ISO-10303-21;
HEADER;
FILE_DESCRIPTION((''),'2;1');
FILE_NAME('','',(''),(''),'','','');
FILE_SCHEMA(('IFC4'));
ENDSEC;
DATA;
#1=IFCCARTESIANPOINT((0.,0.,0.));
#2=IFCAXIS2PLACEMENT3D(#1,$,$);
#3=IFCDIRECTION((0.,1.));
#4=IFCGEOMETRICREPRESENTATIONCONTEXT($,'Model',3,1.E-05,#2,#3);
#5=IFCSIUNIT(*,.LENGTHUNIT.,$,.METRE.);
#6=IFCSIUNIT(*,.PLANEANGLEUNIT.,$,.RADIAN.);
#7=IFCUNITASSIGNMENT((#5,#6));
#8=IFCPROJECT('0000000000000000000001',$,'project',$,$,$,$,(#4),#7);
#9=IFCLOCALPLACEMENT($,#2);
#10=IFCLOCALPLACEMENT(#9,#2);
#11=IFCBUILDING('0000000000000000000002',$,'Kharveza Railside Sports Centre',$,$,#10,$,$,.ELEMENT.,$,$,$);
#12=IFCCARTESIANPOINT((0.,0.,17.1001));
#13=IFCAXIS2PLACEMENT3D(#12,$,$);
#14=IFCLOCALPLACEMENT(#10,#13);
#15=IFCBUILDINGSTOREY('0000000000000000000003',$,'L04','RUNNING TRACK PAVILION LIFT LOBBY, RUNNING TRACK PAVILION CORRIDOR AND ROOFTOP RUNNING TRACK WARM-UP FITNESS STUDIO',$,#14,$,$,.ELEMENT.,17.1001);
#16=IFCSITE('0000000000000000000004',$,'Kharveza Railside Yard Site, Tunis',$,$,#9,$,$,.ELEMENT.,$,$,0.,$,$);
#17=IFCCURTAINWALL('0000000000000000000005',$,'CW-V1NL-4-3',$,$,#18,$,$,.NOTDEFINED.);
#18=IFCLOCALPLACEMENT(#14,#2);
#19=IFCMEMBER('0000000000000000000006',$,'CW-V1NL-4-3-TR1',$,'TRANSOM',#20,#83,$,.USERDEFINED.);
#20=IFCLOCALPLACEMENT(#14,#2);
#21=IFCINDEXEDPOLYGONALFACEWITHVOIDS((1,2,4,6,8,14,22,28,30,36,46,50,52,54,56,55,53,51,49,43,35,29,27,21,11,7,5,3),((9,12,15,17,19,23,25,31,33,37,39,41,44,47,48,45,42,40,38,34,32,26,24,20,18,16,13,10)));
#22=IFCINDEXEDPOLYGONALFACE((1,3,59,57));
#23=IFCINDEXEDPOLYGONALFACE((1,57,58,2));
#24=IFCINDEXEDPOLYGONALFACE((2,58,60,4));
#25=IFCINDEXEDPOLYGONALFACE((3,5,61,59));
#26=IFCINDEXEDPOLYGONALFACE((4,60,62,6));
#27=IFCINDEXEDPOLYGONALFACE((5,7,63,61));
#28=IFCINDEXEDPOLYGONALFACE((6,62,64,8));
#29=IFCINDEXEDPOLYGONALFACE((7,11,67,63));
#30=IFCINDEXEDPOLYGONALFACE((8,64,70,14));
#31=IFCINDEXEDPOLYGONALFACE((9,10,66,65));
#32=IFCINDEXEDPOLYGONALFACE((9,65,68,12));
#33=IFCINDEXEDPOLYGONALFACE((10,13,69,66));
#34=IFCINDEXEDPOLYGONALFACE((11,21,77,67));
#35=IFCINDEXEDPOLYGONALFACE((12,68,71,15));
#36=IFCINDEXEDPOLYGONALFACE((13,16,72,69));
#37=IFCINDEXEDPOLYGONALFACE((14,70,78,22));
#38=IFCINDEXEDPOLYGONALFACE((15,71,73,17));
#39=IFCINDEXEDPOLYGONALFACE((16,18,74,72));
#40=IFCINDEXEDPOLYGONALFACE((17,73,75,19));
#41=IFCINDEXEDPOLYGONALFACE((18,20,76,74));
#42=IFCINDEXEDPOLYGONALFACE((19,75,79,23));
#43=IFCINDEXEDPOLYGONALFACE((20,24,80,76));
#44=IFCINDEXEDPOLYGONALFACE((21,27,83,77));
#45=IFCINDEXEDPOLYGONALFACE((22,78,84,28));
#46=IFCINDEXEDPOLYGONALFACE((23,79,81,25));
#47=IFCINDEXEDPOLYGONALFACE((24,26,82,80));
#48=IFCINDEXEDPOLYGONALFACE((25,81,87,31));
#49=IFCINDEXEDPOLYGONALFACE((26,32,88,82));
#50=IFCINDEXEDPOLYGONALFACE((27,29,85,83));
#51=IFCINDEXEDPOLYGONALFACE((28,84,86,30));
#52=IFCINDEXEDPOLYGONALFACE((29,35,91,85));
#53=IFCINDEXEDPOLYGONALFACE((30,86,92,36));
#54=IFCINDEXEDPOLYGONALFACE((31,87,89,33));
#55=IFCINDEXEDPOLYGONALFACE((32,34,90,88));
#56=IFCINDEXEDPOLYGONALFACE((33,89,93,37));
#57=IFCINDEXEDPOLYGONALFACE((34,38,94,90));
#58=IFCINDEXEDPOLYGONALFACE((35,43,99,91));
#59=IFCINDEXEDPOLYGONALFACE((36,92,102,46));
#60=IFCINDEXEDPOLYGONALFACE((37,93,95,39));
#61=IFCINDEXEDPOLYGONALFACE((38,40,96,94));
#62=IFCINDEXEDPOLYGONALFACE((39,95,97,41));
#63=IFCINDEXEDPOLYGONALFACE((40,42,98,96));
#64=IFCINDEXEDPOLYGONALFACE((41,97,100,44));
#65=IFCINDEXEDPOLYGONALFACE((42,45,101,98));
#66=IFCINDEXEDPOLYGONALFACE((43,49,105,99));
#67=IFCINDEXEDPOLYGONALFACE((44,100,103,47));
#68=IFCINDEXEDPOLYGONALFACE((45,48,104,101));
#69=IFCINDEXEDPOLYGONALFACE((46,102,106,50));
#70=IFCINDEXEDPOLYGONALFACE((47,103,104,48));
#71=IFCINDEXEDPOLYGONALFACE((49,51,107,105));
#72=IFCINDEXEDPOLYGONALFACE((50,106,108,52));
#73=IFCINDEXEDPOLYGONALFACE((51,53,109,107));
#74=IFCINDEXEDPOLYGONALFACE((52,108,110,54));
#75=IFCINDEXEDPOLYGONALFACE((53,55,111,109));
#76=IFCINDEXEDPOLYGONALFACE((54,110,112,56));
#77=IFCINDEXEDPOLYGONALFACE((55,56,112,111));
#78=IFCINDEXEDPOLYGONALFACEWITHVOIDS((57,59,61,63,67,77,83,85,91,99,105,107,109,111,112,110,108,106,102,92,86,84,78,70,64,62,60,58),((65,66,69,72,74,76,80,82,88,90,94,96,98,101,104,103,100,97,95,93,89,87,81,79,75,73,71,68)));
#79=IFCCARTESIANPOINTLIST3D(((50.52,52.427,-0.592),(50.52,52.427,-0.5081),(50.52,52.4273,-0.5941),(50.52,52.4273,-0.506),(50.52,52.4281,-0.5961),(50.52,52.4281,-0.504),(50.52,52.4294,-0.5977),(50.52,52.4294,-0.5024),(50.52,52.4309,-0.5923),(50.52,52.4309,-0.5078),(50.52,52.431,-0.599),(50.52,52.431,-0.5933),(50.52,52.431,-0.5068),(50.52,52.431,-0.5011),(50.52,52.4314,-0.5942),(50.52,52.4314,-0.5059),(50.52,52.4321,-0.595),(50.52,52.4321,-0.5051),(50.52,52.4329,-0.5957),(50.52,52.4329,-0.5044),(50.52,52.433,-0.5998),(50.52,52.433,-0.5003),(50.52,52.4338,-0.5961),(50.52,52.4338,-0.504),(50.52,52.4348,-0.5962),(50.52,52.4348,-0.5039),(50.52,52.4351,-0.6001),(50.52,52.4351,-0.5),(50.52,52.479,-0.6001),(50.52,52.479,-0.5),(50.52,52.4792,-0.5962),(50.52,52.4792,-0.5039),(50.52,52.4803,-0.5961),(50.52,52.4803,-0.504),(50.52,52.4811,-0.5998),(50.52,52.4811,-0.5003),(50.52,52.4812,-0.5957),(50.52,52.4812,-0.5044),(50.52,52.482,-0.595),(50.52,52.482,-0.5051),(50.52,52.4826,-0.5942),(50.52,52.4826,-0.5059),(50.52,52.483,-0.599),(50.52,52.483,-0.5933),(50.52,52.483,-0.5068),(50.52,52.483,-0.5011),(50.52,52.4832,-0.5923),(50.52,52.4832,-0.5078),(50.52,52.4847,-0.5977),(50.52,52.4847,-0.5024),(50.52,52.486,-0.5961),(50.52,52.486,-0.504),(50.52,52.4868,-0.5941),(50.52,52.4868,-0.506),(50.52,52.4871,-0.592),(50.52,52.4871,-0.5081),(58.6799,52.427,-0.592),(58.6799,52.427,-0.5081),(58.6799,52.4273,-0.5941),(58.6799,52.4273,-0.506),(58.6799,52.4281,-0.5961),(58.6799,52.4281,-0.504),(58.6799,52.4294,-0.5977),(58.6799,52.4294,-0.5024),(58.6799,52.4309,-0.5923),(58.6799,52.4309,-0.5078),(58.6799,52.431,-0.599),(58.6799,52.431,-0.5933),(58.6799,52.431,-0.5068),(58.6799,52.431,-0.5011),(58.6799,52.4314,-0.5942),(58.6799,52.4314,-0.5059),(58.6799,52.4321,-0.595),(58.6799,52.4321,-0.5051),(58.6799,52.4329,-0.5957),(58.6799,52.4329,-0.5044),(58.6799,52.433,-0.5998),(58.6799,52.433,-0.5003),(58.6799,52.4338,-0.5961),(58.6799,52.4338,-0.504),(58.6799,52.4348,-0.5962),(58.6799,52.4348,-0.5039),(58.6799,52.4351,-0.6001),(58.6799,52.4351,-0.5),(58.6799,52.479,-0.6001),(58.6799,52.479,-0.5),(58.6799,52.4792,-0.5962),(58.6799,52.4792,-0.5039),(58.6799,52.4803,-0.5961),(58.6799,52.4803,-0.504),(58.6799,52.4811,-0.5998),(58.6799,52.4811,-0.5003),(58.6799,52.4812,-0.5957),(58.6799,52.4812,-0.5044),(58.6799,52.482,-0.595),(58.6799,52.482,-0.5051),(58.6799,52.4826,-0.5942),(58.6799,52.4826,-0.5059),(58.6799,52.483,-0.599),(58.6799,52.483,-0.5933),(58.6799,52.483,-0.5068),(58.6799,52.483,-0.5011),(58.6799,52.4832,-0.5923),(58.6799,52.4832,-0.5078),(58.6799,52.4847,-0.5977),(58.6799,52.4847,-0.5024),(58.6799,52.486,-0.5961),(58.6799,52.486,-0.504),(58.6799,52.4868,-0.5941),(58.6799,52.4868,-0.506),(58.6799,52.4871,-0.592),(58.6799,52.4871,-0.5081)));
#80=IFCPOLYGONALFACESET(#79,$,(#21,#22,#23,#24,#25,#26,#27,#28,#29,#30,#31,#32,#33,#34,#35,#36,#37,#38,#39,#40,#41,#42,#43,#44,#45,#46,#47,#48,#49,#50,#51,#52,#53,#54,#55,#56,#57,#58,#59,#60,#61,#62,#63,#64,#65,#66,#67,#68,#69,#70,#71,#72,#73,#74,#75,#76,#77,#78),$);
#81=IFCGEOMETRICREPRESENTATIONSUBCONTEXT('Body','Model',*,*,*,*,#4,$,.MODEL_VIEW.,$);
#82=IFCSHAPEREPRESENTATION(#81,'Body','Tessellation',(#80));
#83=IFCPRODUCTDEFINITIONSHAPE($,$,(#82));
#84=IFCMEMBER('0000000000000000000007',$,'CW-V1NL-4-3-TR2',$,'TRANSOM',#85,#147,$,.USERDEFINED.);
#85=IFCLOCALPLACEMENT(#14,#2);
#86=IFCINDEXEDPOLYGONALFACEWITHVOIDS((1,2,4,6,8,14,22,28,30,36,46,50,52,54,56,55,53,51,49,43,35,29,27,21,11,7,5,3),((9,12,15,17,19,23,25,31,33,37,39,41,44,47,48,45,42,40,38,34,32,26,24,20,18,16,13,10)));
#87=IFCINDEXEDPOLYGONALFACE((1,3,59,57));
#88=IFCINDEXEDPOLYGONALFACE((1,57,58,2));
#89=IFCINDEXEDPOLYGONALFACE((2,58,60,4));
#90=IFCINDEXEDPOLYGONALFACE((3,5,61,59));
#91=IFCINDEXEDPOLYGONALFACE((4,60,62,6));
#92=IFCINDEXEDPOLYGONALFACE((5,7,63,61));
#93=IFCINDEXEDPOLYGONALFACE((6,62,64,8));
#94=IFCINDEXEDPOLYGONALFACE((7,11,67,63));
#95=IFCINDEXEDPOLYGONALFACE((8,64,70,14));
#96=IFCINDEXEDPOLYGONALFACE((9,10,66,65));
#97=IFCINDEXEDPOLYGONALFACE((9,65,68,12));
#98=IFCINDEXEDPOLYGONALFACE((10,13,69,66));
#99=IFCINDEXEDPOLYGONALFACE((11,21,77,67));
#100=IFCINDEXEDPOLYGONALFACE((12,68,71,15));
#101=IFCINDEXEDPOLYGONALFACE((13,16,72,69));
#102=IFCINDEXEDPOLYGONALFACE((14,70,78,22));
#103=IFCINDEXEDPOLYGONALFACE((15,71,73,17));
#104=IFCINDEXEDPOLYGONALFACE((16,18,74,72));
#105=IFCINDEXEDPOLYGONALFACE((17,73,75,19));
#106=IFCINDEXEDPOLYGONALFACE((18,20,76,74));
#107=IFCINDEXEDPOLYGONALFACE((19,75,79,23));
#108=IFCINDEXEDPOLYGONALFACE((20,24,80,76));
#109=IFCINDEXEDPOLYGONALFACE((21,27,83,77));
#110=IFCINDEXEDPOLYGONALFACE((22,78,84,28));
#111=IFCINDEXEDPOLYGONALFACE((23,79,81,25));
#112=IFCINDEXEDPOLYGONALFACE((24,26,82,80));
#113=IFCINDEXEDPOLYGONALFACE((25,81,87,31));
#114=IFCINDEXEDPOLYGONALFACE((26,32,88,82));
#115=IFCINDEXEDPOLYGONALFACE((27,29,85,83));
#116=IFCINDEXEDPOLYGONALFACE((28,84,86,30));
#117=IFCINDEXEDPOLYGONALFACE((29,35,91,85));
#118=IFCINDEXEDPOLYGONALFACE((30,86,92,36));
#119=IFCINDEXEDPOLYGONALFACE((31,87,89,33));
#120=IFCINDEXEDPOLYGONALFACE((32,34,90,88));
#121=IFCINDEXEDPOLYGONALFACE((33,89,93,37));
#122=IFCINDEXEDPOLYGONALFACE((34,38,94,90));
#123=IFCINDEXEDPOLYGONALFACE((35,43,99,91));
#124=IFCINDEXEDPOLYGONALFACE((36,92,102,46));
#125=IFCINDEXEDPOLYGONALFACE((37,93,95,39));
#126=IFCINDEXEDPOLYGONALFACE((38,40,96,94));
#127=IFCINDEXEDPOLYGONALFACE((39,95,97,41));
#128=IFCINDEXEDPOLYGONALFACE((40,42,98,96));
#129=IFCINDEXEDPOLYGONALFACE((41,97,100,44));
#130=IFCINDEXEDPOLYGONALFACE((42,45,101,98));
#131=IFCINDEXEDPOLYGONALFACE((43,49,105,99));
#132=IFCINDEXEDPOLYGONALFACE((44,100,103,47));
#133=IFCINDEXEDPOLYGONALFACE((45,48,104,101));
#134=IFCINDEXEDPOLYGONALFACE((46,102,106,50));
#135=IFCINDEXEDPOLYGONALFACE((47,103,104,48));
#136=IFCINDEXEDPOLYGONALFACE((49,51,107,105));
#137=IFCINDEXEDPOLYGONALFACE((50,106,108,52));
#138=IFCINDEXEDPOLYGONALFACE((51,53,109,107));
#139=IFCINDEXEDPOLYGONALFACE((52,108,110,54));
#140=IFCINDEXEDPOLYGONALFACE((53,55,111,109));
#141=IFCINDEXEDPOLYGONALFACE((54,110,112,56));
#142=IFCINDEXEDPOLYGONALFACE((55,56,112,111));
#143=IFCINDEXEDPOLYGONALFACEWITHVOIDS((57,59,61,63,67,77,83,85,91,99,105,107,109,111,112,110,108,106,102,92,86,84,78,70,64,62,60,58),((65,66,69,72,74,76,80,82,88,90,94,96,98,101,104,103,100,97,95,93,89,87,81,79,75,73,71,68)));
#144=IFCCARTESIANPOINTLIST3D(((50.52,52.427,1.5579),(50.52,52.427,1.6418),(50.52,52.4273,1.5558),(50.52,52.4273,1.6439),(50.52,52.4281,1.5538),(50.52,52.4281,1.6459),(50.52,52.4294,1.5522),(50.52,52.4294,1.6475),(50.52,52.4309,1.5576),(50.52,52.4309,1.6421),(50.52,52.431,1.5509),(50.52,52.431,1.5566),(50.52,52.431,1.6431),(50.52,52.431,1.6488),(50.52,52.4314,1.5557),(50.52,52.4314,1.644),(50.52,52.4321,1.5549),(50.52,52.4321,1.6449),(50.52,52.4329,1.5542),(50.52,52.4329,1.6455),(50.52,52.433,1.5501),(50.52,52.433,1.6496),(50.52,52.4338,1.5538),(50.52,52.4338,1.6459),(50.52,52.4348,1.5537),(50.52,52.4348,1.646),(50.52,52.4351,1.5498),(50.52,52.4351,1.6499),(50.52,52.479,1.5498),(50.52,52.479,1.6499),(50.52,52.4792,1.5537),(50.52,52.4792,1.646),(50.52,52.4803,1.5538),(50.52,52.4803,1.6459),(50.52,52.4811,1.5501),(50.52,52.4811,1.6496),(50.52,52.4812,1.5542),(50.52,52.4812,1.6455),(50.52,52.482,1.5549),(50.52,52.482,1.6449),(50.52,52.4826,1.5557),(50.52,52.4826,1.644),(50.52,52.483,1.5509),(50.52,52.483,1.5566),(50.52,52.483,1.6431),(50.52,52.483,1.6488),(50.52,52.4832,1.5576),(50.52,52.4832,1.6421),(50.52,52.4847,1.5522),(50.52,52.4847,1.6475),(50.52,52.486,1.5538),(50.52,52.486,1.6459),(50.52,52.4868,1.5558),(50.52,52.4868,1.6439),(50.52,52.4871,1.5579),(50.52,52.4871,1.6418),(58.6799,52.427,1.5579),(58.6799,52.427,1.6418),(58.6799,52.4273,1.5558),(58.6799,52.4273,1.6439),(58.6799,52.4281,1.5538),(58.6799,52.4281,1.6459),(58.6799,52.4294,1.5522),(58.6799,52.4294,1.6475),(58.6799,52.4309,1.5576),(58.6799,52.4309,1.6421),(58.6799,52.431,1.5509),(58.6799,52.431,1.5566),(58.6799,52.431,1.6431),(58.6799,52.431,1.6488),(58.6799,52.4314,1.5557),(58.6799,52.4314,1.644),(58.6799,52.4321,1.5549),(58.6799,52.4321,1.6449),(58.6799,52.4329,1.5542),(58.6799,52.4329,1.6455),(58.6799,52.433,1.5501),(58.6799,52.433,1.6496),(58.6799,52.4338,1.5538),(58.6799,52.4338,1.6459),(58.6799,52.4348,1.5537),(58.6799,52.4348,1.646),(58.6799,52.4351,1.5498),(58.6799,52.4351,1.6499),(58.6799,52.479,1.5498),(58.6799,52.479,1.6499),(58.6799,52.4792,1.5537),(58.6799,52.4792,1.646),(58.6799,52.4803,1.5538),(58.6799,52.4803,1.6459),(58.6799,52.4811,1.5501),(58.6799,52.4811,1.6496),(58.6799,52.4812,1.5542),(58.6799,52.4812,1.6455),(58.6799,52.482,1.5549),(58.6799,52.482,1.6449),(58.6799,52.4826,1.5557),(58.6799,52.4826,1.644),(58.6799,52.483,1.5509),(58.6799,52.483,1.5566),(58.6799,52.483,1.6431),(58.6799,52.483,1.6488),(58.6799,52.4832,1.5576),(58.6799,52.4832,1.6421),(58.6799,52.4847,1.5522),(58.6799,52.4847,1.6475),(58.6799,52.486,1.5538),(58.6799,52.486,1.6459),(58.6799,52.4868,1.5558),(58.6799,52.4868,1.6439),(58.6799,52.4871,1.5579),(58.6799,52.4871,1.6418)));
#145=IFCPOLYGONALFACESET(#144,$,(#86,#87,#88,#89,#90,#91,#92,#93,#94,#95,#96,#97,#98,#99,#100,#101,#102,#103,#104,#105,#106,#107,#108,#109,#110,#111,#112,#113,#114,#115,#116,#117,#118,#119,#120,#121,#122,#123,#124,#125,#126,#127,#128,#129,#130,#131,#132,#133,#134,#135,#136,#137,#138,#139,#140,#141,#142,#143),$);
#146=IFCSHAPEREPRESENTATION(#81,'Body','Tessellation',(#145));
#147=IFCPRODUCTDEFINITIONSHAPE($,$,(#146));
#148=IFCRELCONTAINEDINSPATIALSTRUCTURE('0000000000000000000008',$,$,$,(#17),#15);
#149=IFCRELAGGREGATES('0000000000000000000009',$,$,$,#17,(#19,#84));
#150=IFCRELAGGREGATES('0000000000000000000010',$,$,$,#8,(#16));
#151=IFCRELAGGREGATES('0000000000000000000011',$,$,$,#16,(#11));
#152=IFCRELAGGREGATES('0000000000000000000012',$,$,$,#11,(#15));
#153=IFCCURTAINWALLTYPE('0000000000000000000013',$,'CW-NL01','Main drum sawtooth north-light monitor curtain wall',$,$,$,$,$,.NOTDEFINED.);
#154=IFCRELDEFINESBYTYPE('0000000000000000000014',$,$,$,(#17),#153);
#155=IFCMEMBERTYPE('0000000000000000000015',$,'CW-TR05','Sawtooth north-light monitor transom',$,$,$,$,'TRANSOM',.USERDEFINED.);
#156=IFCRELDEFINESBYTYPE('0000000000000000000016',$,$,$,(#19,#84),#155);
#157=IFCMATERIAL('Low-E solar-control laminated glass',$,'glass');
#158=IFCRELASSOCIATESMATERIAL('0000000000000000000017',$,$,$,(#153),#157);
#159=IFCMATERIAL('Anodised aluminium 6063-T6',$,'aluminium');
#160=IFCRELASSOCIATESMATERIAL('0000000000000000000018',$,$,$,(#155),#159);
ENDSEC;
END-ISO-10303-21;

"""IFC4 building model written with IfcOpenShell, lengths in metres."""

from ifc_helpers import new_model, si_unit, direction, frame, origin, origin_2d, place, context, subcontext, project, spatial, hollow_rectangle, extrude, material, material_profile, profile_set, type_object, element, aggregate, save


model = new_model("IFC4")

# Units and contexts
model_context = context("Model", 3, precision=1e-05, world=origin(), true_north=direction((0.0, 1.0)))
body_context = subcontext(model_context, "Body", "Model", "MODEL_VIEW")
ifc_project = project(units=[si_unit("LENGTHUNIT", "METRE"), si_unit("PLANEANGLEUNIT", "RADIAN")], contexts=[model_context])

# Site, building, storey
site_placement = place(None, origin())
site = spatial("IfcSite", under=ifc_project, at=site_placement, Name="Kharveza Railside Yard Site, Tunis", CompositionType="ELEMENT", RefElevation=0.0)
building_placement = place(site_placement, origin())
building = spatial("IfcBuilding", under=site, at=building_placement, Name="Kharveza Railside Sports Centre", CompositionType="ELEMENT")
storey_placement = place(building_placement, frame((0.0, 0.0, 17.1001)))
storey = spatial("IfcBuildingStorey", under=building, at=storey_placement, Name="L04", Description="RUNNING TRACK PAVILION LIFT LOBBY, RUNNING TRACK PAVILION CORRIDOR AND ROOFTOP RUNNING TRACK WARM-UP FITNESS STUDIO", CompositionType="ELEMENT", Elevation=17.1001)

# Shared definitions
ifc_material_1 = material(Name="Low-E solar-control laminated glass", Category="glass")
curtain_wall_type = type_object("IfcCurtainWallType", Name="CW-NL01", Description="Main drum sawtooth north-light monitor curtain wall", PredefinedType="NOTDEFINED", material=ifc_material_1)
ifc_material_2 = material(Name="Anodised aluminium 6063-T6", Category="aluminium")

# Curtain wall
curtain_wall_1_placement = place(storey_placement, origin())
curtain_wall_1 = element("IfcCurtainWall", 1, at=curtain_wall_1_placement, inside=storey, type_object=curtain_wall_type, Name="CW-V1NL-4-3", PredefinedType="NOTDEFINED")

# Members
ifc_material_profile_1 = material_profile(ifc_material_2, hollow_rectangle(XDim=0.0601, YDim=0.1001, WallThickness=0.0039, InnerFilletRadius=0.0039, OuterFilletRadius=0.0081, at=origin_2d()), Name="RHS 60x100x4.0")
ifc_profile_set_1 = profile_set([ifc_material_profile_1], Name="Anodised aluminium 6063-T6")
member_type_1 = type_object("IfcMemberType", Name="CW-TR05", Description="Sawtooth north-light monitor transom", ElementType="TRANSOM", PredefinedType="USERDEFINED", material=ifc_profile_set_1)
member_1_placement = place(storey_placement, frame((50.52, 52.457, -0.55), z_axis=(1.0, 0.0, 0.0), x_axis=(0.0, 1.0, 0.0)))
member_1 = element("IfcMember", 2, at=member_1_placement, type_object=member_type_1, Name="CW-V1NL-4-3-TR1", ObjectType="TRANSOM", PredefinedType="USERDEFINED", context=body_context, shape_type="SweptSolid", body=[
    extrude(hollow_rectangle(XDim=0.0601, YDim=0.1001, WallThickness=0.0039, InnerFilletRadius=0.0039, OuterFilletRadius=0.0081, at=origin_2d()), origin(), (0.0, 0.0, 1.0), 8.1599),
])
member_2_placement = place(storey_placement, frame((50.52, 52.457, 1.5999), z_axis=(1.0, 0.0, 0.0), x_axis=(0.0, 1.0, 0.0)))
member_2 = element("IfcMember", 3, at=member_2_placement, type_object=member_type_1, Name="CW-V1NL-4-3-TR2", ObjectType="TRANSOM", PredefinedType="USERDEFINED", context=body_context, shape_type="SweptSolid", body=[
    extrude(hollow_rectangle(XDim=0.0601, YDim=0.1001, WallThickness=0.0039, InnerFilletRadius=0.0039, OuterFilletRadius=0.0081, at=origin_2d()), origin(), (0.0, 0.0, 1.0), 8.1599),
])

aggregate(curtain_wall_1, [member_1, member_2])

save(model, "model.ifc")
